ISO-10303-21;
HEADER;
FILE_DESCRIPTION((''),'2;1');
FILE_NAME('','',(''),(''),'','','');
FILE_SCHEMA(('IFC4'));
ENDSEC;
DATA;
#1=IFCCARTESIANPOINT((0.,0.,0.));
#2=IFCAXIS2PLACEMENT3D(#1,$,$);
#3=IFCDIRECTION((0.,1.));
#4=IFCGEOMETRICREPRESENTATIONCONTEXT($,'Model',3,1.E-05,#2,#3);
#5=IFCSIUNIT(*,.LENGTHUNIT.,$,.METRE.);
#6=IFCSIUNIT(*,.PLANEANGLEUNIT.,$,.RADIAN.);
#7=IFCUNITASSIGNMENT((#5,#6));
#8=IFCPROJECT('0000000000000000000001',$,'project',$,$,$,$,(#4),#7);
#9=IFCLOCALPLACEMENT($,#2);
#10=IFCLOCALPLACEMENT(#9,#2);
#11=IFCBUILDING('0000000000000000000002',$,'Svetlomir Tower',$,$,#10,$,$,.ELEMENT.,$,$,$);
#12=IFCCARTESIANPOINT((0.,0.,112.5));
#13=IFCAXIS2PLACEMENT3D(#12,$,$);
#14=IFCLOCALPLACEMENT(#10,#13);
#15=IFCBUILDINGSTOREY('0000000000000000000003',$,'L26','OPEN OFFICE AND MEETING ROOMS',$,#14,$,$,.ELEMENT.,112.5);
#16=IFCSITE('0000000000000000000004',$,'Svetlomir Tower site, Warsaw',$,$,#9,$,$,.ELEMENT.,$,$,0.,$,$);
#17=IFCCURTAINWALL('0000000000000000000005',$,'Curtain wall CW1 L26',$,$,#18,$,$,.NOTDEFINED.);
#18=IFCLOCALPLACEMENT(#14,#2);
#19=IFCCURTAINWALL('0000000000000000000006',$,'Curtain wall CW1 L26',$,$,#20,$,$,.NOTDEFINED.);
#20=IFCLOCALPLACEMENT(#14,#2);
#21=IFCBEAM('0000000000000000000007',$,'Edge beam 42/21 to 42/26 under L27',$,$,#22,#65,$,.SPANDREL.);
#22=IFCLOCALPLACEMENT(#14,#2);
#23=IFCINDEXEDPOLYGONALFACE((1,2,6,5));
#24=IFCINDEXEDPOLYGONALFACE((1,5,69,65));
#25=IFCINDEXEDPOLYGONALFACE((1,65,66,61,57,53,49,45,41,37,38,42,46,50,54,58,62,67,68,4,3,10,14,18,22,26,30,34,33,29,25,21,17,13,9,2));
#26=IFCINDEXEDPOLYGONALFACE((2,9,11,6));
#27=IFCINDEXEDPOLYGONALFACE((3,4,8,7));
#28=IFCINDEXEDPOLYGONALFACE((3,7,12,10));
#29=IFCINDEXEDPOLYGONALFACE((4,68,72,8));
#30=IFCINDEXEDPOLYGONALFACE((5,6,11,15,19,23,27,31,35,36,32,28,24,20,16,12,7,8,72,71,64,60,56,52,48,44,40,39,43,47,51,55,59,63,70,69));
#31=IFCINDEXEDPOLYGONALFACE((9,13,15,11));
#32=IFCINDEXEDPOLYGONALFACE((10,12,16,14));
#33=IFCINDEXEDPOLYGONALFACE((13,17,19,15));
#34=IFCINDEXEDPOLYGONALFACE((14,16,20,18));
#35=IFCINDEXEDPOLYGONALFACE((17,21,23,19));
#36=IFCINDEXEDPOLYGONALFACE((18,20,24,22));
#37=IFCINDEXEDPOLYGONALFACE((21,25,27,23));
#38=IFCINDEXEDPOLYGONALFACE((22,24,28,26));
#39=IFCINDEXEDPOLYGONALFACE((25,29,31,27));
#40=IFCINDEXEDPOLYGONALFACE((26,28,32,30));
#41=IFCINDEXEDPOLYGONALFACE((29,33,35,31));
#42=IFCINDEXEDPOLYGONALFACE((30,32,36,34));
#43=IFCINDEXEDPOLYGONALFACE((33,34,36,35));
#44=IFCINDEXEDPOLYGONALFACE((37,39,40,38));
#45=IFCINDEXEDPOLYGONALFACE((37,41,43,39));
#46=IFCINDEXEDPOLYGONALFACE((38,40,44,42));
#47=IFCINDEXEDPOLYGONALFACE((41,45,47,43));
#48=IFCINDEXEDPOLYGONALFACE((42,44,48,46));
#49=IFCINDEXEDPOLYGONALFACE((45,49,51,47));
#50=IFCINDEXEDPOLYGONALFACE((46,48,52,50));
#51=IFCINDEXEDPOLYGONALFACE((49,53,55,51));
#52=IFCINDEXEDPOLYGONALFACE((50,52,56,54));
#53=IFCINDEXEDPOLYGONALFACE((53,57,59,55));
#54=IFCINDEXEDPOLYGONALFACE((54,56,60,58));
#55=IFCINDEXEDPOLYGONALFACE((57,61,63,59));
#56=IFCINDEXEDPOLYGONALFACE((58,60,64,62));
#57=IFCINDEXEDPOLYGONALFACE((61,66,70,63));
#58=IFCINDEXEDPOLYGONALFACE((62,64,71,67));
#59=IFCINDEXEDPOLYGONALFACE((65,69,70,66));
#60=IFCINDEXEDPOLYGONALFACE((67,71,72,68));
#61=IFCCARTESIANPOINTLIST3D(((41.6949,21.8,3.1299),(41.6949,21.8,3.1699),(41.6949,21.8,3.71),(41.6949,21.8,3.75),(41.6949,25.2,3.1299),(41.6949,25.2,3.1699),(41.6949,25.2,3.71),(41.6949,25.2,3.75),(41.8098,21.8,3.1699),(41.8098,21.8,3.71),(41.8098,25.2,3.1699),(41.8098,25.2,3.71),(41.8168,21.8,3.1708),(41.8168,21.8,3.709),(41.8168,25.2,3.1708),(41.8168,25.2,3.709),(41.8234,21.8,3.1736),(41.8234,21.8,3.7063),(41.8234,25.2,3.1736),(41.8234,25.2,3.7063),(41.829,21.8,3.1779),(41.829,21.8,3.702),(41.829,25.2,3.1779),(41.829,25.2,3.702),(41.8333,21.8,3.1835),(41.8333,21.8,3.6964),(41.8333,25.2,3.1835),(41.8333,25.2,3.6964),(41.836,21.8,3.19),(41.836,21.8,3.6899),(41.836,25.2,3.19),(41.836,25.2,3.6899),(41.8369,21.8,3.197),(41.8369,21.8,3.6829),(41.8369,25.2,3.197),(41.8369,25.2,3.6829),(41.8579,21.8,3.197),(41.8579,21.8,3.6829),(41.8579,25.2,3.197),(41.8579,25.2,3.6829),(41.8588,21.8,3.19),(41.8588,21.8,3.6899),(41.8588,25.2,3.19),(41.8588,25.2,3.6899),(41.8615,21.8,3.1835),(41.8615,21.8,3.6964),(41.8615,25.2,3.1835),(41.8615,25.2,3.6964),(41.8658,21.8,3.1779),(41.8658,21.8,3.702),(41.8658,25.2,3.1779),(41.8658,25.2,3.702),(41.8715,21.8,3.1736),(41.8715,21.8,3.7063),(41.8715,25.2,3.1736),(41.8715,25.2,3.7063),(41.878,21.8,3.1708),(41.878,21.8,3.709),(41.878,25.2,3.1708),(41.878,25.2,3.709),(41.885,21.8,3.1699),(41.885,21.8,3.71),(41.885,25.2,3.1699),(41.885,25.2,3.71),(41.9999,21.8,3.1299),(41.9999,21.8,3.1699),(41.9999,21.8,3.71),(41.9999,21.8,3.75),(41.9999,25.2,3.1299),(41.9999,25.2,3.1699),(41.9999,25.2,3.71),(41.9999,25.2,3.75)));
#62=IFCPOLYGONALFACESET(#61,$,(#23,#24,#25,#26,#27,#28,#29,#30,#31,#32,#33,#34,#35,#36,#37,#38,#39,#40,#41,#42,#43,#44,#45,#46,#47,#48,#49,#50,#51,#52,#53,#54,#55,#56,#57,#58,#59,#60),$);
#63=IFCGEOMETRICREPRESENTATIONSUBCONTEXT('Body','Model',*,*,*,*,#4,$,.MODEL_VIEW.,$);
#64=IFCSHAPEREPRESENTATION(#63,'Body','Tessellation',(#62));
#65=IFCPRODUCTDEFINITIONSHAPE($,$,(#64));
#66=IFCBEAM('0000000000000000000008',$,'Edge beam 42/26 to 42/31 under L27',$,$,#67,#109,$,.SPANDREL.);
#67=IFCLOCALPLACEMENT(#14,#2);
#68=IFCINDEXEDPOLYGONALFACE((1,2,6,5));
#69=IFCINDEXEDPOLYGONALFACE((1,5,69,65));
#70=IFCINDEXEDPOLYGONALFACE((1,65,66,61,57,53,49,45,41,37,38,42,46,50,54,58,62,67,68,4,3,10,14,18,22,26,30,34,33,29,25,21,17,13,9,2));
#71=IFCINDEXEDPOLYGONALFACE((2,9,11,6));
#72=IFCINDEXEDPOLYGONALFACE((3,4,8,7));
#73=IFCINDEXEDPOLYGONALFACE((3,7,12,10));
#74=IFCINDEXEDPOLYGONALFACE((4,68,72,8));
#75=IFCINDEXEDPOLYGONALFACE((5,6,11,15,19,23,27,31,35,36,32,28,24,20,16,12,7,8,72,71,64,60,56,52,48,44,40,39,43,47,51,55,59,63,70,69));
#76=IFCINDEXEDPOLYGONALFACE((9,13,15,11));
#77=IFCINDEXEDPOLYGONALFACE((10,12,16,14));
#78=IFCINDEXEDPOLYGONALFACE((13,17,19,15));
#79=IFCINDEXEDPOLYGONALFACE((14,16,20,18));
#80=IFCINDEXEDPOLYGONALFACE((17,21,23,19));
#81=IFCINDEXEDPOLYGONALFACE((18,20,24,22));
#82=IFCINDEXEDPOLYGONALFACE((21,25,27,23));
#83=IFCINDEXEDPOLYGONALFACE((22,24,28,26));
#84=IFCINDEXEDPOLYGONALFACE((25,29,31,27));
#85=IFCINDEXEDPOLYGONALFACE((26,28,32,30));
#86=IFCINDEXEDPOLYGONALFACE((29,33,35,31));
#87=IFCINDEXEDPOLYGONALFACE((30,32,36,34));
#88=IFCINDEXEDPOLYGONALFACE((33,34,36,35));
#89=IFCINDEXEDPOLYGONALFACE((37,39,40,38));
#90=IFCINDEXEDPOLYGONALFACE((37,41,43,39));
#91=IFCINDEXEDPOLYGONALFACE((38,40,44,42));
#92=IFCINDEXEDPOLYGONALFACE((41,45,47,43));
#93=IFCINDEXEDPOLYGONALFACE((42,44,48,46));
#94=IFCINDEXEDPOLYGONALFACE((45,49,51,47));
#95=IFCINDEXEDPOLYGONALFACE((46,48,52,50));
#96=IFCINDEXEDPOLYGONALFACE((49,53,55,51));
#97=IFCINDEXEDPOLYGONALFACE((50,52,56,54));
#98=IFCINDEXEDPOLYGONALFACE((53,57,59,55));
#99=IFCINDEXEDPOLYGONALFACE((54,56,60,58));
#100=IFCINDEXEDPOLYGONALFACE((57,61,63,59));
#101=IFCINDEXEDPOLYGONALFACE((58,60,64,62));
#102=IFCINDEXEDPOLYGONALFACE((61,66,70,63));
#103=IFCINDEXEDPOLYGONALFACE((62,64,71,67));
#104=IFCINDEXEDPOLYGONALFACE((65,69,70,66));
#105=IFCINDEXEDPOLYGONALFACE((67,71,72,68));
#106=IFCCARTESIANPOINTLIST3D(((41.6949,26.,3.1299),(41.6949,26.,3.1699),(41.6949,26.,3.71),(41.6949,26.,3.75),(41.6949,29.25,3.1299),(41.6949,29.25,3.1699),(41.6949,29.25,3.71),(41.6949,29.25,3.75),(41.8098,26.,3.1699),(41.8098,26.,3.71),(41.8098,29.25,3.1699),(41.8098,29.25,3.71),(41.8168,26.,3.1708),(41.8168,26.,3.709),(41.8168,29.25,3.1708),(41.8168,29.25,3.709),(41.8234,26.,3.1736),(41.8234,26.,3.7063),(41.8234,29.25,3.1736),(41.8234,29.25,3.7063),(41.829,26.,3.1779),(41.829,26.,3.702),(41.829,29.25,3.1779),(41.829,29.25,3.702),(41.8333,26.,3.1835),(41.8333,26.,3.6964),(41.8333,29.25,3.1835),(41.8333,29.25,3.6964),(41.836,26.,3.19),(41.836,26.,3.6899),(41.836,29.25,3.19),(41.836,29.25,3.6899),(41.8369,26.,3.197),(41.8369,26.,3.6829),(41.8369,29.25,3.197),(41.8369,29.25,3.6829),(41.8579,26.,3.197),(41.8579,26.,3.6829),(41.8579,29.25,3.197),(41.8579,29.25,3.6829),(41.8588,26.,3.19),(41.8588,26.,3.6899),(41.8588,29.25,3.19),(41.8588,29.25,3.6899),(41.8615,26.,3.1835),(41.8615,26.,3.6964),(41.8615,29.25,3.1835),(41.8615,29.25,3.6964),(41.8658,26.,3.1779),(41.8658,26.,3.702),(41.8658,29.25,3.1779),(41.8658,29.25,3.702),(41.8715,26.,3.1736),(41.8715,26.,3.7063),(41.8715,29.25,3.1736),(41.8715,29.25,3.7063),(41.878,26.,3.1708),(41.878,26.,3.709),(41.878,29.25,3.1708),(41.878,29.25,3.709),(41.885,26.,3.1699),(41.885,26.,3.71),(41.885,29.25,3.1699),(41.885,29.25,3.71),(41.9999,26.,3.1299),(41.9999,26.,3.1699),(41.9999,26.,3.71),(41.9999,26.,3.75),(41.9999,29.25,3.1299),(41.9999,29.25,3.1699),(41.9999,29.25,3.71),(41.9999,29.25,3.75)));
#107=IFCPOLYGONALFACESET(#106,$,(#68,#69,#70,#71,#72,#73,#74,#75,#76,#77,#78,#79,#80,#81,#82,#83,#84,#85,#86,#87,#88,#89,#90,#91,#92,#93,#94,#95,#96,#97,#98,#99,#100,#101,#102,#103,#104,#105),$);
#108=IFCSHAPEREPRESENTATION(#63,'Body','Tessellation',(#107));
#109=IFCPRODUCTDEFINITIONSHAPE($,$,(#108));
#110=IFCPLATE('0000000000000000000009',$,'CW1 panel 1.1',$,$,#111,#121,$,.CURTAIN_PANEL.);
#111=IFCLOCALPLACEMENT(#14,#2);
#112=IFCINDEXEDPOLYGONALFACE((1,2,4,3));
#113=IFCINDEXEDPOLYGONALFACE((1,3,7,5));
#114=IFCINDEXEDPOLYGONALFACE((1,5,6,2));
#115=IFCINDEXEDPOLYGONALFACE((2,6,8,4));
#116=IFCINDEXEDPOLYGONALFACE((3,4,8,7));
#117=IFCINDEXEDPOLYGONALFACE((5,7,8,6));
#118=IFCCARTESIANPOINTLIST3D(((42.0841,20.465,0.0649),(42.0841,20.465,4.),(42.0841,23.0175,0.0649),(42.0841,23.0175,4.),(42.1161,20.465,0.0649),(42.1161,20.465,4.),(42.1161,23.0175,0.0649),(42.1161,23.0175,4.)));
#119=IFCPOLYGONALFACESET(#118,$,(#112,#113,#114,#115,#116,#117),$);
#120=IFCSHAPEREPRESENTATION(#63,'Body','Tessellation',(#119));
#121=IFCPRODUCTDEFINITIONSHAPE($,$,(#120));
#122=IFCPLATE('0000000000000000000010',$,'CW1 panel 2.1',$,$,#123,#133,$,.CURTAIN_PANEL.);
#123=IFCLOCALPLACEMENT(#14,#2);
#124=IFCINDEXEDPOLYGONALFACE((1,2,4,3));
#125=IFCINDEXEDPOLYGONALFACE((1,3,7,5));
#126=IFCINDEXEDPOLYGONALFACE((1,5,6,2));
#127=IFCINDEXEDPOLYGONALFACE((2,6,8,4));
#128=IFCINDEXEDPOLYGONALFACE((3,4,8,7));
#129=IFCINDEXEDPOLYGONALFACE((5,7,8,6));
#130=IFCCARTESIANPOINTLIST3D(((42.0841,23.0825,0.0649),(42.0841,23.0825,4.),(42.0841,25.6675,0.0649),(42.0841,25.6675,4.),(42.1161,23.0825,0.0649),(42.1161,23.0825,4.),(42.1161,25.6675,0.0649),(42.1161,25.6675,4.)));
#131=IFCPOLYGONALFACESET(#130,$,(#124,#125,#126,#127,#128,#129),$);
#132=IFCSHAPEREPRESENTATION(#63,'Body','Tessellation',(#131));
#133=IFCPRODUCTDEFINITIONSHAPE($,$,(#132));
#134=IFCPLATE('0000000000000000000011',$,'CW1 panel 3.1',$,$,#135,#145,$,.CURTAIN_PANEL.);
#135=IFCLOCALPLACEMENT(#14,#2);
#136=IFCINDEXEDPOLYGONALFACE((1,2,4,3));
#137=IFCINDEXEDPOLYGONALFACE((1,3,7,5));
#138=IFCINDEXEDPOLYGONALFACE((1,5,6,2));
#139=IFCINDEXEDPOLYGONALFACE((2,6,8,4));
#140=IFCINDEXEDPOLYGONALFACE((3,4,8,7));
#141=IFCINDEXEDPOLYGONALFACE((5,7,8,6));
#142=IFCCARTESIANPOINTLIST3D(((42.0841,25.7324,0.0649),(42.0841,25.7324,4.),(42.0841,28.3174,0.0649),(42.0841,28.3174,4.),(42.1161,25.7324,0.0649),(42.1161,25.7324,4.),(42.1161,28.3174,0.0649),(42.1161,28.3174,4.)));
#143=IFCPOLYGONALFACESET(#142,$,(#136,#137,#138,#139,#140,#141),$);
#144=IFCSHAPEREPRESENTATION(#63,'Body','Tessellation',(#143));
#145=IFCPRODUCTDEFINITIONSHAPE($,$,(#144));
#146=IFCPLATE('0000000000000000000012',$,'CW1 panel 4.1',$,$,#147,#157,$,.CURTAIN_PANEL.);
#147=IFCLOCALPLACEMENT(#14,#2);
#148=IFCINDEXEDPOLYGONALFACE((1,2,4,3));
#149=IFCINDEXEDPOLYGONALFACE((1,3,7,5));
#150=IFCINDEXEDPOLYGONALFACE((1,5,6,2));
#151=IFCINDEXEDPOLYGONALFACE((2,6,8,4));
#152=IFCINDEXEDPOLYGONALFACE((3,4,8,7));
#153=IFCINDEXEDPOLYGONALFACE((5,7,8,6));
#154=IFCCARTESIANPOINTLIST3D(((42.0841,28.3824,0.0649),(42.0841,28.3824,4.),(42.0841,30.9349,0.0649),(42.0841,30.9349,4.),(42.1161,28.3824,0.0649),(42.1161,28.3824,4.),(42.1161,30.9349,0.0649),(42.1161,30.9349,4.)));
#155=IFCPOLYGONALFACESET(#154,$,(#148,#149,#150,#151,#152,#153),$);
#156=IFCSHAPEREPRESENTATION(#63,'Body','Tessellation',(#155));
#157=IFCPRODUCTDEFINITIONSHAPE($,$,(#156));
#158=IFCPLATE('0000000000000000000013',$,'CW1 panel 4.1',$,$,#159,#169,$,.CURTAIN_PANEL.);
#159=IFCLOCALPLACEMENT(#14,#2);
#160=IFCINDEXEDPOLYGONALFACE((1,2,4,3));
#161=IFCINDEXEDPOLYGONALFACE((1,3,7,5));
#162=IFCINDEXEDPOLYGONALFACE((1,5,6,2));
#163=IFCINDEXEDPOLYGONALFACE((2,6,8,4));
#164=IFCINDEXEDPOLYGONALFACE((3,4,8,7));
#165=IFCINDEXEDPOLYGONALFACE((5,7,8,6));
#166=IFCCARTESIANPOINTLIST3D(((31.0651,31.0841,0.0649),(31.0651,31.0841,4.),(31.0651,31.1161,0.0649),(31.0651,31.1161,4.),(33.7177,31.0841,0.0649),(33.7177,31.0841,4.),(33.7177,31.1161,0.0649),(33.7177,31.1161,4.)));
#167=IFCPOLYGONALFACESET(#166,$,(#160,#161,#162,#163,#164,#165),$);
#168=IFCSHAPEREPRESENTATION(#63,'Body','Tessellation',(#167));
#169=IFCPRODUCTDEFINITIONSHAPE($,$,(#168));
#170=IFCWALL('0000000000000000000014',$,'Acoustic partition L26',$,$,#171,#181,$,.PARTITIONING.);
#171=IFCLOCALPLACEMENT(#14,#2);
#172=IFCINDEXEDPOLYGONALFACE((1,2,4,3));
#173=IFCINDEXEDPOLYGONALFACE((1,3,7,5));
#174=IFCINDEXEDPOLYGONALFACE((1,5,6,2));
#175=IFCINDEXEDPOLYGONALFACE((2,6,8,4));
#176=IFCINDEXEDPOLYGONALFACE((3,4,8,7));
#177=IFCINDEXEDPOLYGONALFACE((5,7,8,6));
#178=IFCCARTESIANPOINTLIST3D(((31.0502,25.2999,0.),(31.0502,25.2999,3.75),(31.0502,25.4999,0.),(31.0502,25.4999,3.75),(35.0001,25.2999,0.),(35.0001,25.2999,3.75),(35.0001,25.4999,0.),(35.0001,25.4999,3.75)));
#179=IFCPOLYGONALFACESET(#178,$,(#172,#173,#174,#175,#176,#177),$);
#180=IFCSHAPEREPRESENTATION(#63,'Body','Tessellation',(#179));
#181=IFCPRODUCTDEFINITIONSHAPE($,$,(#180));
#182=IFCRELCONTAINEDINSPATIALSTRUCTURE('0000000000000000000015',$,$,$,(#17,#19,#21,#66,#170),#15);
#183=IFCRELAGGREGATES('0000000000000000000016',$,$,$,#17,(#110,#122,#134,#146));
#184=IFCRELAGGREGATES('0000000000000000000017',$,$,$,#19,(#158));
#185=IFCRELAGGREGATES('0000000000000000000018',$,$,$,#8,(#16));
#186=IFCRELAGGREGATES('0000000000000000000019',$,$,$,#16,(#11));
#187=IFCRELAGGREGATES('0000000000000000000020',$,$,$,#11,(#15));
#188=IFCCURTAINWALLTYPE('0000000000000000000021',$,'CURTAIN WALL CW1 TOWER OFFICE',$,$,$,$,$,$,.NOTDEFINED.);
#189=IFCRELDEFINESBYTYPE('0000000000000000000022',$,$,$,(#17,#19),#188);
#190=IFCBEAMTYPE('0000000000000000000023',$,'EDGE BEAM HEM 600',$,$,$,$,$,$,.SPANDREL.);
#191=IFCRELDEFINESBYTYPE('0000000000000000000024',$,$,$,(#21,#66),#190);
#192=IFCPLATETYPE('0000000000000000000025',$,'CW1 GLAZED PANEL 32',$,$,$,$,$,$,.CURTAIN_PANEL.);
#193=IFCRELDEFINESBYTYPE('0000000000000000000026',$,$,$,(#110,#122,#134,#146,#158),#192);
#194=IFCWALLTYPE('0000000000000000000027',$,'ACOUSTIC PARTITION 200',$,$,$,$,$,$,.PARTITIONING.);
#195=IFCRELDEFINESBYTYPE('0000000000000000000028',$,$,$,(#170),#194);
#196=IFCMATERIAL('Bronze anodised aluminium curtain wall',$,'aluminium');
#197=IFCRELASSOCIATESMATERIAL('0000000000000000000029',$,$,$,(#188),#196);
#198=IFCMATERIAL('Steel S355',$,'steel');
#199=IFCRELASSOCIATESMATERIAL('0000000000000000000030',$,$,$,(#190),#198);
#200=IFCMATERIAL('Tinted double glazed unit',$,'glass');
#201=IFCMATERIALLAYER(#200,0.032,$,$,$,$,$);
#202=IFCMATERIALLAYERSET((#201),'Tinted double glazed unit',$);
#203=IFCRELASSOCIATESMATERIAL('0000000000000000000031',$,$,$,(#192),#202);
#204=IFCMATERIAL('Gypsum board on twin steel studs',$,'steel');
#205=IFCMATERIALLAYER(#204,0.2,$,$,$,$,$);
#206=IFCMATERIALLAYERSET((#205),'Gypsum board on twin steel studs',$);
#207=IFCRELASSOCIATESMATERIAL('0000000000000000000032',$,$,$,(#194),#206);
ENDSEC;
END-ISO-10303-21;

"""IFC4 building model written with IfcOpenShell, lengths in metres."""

from ifc_helpers import new_model, si_unit, direction, frame, frame_2d, origin, origin_2d, place, context, subcontext, project, spatial, rectangle, i_section, extrude, material, layer, layer_set, material_profile, profile_set, type_object, element, aggregate, save


model = new_model("IFC4")

# Units and contexts
model_context = context("Model", 3, precision=1e-05, world=origin(), true_north=direction((0.0, 1.0)))
body_context = subcontext(model_context, "Body", "Model", "MODEL_VIEW")
ifc_project = project(units=[si_unit("LENGTHUNIT", "METRE"), si_unit("PLANEANGLEUNIT", "RADIAN")], contexts=[model_context])

# Site, building, storey
site_placement = place(None, origin())
site = spatial("IfcSite", under=ifc_project, at=site_placement, Name="Svetlomir Tower site, Warsaw", CompositionType="ELEMENT", RefElevation=0.0)
building_placement = place(site_placement, origin())
building = spatial("IfcBuilding", under=site, at=building_placement, Name="Svetlomir Tower", CompositionType="ELEMENT")
storey_placement = place(building_placement, frame((0.0, 0.0, 112.5)))
storey = spatial("IfcBuildingStorey", under=building, at=storey_placement, Name="L26", Description="OPEN OFFICE AND MEETING ROOMS", CompositionType="ELEMENT", Elevation=112.5)

# Curtain wall
ifc_material_1 = material(Name="Bronze anodised aluminium curtain wall", Category="aluminium")
curtain_wall_type = type_object("IfcCurtainWallType", Name="CURTAIN WALL CW1 TOWER OFFICE", PredefinedType="NOTDEFINED", material=ifc_material_1)
curtain_wall_1_placement = place(storey_placement, origin())
curtain_wall_1 = element("IfcCurtainWall", 1, at=curtain_wall_1_placement, inside=storey, type_object=curtain_wall_type, Name="Curtain wall CW1 L26", PredefinedType="NOTDEFINED")

# Curtain wall
curtain_wall_2_placement = place(storey_placement, origin())
curtain_wall_2 = element("IfcCurtainWall", 2, at=curtain_wall_2_placement, inside=storey, type_object=curtain_wall_type, Name="Curtain wall CW1 L26", PredefinedType="NOTDEFINED")

# Beams
ifc_material_2 = material(Name="Steel S355", Category="steel")
ifc_material_profile_1 = material_profile(ifc_material_2, i_section(OverallWidth=0.3049, OverallDepth=0.6201, WebThickness=0.021, FlangeThickness=0.04, FilletRadius=0.0271, at=origin_2d()), Name="HEM 600")
ifc_profile_set_1 = profile_set([ifc_material_profile_1], Name="Steel S355")
beam_type = type_object("IfcBeamType", Name="EDGE BEAM HEM 600", PredefinedType="SPANDREL", material=ifc_profile_set_1)
beam_1_placement = place(storey_placement, frame((41.8474, 21.8, 3.4399), z_axis=(0.0, 1.0, 0.0), x_axis=(-1.0, 0.0, 0.0)))
element("IfcBeam", 3, at=beam_1_placement, inside=storey, type_object=beam_type, Name="Edge beam 42/21 to 42/26 under L27", PredefinedType="SPANDREL", context=body_context, shape_type="SweptSolid", body=[
    extrude(i_section(OverallWidth=0.3049, OverallDepth=0.6201, WebThickness=0.021, FlangeThickness=0.04, FilletRadius=0.0271, at=origin_2d()), origin(), (0.0, 0.0, 1.0), 3.3999),
])
beam_2_placement = place(storey_placement, frame((41.8474, 26.0, 3.4399), z_axis=(0.0, 1.0, 0.0), x_axis=(-1.0, 0.0, 0.0)))
element("IfcBeam", 4, at=beam_2_placement, inside=storey, type_object=beam_type, Name="Edge beam 42/26 to 42/31 under L27", PredefinedType="SPANDREL", context=body_context, shape_type="SweptSolid", body=[
    extrude(i_section(OverallWidth=0.3049, OverallDepth=0.6201, WebThickness=0.021, FlangeThickness=0.04, FilletRadius=0.0271, at=origin_2d()), origin(), (0.0, 0.0, 1.0), 3.25),
])

# Plates
ifc_material_3 = material(Name="Tinted double glazed unit", Category="glass")
ifc_layer_1 = layer(ifc_material_3, 0.032)
ifc_layer_set_1 = layer_set([ifc_layer_1], Name="Tinted double glazed unit")
plate_type = type_object("IfcPlateType", Name="CW1 GLAZED PANEL 32", PredefinedType="CURTAIN_PANEL", material=ifc_layer_set_1)
plate_1_placement = place(storey_placement, frame((42.1001, 21.7412, 0.0649), z_axis=(0.0, 0.0, 1.0), x_axis=(0.0, 1.0, 0.0)))
plate_1 = element("IfcPlate", 5, at=plate_1_placement, type_object=plate_type, Name="CW1 panel 1.1", PredefinedType="CURTAIN_PANEL", context=body_context, shape_type="SweptSolid", body=[
    extrude(rectangle(XDim=2.5525, YDim=0.032, at=origin_2d()), origin(), (0.0, 0.0, 1.0), 3.9351),
])
plate_2_placement = place(storey_placement, frame((42.1001, 24.375, 0.0649), z_axis=(0.0, 0.0, 1.0), x_axis=(0.0, 1.0, 0.0)))
plate_2 = element("IfcPlate", 6, at=plate_2_placement, type_object=plate_type, Name="CW1 panel 2.1", PredefinedType="CURTAIN_PANEL", context=body_context, shape_type="SweptSolid", body=[
    extrude(rectangle(XDim=2.585, YDim=0.032, at=origin_2d()), origin(), (0.0, 0.0, 1.0), 3.9351),
])
plate_3_placement = place(storey_placement, frame((42.1001, 27.0249, 0.0649), z_axis=(0.0, 0.0, 1.0), x_axis=(0.0, 1.0, 0.0)))
plate_3 = element("IfcPlate", 7, at=plate_3_placement, type_object=plate_type, Name="CW1 panel 3.1", PredefinedType="CURTAIN_PANEL", context=body_context, shape_type="SweptSolid", body=[
    extrude(rectangle(XDim=2.585, YDim=0.032, at=origin_2d()), origin(), (0.0, 0.0, 1.0), 3.9351),
])
plate_4_placement = place(storey_placement, frame((42.1001, 29.6587, 0.0649), z_axis=(0.0, 0.0, 1.0), x_axis=(0.0, 1.0, 0.0)))
plate_4 = element("IfcPlate", 8, at=plate_4_placement, type_object=plate_type, Name="CW1 panel 4.1", PredefinedType="CURTAIN_PANEL", context=body_context, shape_type="SweptSolid", body=[
    extrude(rectangle(XDim=2.5525, YDim=0.032, at=origin_2d()), origin(), (0.0, 0.0, 1.0), 3.9351),
])
aggregate(curtain_wall_1, [plate_1, plate_2, plate_3, plate_4])
plate_5_placement = place(storey_placement, frame((32.3914, 31.1001, 0.0649), z_axis=(0.0, 0.0, 1.0), x_axis=(-1.0, 0.0, 0.0)))
plate_5 = element("IfcPlate", 9, at=plate_5_placement, type_object=plate_type, Name="CW1 panel 4.1", PredefinedType="CURTAIN_PANEL", context=body_context, shape_type="SweptSolid", body=[
    extrude(rectangle(XDim=2.6526, YDim=0.032, at=origin_2d()), origin(), (0.0, 0.0, 1.0), 3.9351),
])
aggregate(curtain_wall_2, [plate_5])

# Wall
ifc_material_4 = material(Name="Gypsum board on twin steel studs", Category="steel")
ifc_layer_2 = layer(ifc_material_4, 0.2)
ifc_layer_set_2 = layer_set([ifc_layer_2], Name="Gypsum board on twin steel studs")
wall_type_1 = type_object("IfcWallType", Name="ACOUSTIC PARTITION 200", PredefinedType="PARTITIONING", material=ifc_layer_set_2)
wall_1_placement = place(storey_placement, frame((31.05, 25.3999, 0.0), z_axis=(0.0, 0.0, 1.0), x_axis=(1.0, 0.0, 0.0)))
element("IfcWall", 10, at=wall_1_placement, inside=storey, type_object=wall_type_1, Name="Acoustic partition L26", PredefinedType="PARTITIONING", context=body_context, shape_type="SweptSolid", body=[
    extrude(rectangle(XDim=3.95, YDim=0.2, at=frame_2d((1.9751, 0.0))), origin(), (0.0, 0.0, 1.0), 3.75),
])

save(model, "model.ifc")
